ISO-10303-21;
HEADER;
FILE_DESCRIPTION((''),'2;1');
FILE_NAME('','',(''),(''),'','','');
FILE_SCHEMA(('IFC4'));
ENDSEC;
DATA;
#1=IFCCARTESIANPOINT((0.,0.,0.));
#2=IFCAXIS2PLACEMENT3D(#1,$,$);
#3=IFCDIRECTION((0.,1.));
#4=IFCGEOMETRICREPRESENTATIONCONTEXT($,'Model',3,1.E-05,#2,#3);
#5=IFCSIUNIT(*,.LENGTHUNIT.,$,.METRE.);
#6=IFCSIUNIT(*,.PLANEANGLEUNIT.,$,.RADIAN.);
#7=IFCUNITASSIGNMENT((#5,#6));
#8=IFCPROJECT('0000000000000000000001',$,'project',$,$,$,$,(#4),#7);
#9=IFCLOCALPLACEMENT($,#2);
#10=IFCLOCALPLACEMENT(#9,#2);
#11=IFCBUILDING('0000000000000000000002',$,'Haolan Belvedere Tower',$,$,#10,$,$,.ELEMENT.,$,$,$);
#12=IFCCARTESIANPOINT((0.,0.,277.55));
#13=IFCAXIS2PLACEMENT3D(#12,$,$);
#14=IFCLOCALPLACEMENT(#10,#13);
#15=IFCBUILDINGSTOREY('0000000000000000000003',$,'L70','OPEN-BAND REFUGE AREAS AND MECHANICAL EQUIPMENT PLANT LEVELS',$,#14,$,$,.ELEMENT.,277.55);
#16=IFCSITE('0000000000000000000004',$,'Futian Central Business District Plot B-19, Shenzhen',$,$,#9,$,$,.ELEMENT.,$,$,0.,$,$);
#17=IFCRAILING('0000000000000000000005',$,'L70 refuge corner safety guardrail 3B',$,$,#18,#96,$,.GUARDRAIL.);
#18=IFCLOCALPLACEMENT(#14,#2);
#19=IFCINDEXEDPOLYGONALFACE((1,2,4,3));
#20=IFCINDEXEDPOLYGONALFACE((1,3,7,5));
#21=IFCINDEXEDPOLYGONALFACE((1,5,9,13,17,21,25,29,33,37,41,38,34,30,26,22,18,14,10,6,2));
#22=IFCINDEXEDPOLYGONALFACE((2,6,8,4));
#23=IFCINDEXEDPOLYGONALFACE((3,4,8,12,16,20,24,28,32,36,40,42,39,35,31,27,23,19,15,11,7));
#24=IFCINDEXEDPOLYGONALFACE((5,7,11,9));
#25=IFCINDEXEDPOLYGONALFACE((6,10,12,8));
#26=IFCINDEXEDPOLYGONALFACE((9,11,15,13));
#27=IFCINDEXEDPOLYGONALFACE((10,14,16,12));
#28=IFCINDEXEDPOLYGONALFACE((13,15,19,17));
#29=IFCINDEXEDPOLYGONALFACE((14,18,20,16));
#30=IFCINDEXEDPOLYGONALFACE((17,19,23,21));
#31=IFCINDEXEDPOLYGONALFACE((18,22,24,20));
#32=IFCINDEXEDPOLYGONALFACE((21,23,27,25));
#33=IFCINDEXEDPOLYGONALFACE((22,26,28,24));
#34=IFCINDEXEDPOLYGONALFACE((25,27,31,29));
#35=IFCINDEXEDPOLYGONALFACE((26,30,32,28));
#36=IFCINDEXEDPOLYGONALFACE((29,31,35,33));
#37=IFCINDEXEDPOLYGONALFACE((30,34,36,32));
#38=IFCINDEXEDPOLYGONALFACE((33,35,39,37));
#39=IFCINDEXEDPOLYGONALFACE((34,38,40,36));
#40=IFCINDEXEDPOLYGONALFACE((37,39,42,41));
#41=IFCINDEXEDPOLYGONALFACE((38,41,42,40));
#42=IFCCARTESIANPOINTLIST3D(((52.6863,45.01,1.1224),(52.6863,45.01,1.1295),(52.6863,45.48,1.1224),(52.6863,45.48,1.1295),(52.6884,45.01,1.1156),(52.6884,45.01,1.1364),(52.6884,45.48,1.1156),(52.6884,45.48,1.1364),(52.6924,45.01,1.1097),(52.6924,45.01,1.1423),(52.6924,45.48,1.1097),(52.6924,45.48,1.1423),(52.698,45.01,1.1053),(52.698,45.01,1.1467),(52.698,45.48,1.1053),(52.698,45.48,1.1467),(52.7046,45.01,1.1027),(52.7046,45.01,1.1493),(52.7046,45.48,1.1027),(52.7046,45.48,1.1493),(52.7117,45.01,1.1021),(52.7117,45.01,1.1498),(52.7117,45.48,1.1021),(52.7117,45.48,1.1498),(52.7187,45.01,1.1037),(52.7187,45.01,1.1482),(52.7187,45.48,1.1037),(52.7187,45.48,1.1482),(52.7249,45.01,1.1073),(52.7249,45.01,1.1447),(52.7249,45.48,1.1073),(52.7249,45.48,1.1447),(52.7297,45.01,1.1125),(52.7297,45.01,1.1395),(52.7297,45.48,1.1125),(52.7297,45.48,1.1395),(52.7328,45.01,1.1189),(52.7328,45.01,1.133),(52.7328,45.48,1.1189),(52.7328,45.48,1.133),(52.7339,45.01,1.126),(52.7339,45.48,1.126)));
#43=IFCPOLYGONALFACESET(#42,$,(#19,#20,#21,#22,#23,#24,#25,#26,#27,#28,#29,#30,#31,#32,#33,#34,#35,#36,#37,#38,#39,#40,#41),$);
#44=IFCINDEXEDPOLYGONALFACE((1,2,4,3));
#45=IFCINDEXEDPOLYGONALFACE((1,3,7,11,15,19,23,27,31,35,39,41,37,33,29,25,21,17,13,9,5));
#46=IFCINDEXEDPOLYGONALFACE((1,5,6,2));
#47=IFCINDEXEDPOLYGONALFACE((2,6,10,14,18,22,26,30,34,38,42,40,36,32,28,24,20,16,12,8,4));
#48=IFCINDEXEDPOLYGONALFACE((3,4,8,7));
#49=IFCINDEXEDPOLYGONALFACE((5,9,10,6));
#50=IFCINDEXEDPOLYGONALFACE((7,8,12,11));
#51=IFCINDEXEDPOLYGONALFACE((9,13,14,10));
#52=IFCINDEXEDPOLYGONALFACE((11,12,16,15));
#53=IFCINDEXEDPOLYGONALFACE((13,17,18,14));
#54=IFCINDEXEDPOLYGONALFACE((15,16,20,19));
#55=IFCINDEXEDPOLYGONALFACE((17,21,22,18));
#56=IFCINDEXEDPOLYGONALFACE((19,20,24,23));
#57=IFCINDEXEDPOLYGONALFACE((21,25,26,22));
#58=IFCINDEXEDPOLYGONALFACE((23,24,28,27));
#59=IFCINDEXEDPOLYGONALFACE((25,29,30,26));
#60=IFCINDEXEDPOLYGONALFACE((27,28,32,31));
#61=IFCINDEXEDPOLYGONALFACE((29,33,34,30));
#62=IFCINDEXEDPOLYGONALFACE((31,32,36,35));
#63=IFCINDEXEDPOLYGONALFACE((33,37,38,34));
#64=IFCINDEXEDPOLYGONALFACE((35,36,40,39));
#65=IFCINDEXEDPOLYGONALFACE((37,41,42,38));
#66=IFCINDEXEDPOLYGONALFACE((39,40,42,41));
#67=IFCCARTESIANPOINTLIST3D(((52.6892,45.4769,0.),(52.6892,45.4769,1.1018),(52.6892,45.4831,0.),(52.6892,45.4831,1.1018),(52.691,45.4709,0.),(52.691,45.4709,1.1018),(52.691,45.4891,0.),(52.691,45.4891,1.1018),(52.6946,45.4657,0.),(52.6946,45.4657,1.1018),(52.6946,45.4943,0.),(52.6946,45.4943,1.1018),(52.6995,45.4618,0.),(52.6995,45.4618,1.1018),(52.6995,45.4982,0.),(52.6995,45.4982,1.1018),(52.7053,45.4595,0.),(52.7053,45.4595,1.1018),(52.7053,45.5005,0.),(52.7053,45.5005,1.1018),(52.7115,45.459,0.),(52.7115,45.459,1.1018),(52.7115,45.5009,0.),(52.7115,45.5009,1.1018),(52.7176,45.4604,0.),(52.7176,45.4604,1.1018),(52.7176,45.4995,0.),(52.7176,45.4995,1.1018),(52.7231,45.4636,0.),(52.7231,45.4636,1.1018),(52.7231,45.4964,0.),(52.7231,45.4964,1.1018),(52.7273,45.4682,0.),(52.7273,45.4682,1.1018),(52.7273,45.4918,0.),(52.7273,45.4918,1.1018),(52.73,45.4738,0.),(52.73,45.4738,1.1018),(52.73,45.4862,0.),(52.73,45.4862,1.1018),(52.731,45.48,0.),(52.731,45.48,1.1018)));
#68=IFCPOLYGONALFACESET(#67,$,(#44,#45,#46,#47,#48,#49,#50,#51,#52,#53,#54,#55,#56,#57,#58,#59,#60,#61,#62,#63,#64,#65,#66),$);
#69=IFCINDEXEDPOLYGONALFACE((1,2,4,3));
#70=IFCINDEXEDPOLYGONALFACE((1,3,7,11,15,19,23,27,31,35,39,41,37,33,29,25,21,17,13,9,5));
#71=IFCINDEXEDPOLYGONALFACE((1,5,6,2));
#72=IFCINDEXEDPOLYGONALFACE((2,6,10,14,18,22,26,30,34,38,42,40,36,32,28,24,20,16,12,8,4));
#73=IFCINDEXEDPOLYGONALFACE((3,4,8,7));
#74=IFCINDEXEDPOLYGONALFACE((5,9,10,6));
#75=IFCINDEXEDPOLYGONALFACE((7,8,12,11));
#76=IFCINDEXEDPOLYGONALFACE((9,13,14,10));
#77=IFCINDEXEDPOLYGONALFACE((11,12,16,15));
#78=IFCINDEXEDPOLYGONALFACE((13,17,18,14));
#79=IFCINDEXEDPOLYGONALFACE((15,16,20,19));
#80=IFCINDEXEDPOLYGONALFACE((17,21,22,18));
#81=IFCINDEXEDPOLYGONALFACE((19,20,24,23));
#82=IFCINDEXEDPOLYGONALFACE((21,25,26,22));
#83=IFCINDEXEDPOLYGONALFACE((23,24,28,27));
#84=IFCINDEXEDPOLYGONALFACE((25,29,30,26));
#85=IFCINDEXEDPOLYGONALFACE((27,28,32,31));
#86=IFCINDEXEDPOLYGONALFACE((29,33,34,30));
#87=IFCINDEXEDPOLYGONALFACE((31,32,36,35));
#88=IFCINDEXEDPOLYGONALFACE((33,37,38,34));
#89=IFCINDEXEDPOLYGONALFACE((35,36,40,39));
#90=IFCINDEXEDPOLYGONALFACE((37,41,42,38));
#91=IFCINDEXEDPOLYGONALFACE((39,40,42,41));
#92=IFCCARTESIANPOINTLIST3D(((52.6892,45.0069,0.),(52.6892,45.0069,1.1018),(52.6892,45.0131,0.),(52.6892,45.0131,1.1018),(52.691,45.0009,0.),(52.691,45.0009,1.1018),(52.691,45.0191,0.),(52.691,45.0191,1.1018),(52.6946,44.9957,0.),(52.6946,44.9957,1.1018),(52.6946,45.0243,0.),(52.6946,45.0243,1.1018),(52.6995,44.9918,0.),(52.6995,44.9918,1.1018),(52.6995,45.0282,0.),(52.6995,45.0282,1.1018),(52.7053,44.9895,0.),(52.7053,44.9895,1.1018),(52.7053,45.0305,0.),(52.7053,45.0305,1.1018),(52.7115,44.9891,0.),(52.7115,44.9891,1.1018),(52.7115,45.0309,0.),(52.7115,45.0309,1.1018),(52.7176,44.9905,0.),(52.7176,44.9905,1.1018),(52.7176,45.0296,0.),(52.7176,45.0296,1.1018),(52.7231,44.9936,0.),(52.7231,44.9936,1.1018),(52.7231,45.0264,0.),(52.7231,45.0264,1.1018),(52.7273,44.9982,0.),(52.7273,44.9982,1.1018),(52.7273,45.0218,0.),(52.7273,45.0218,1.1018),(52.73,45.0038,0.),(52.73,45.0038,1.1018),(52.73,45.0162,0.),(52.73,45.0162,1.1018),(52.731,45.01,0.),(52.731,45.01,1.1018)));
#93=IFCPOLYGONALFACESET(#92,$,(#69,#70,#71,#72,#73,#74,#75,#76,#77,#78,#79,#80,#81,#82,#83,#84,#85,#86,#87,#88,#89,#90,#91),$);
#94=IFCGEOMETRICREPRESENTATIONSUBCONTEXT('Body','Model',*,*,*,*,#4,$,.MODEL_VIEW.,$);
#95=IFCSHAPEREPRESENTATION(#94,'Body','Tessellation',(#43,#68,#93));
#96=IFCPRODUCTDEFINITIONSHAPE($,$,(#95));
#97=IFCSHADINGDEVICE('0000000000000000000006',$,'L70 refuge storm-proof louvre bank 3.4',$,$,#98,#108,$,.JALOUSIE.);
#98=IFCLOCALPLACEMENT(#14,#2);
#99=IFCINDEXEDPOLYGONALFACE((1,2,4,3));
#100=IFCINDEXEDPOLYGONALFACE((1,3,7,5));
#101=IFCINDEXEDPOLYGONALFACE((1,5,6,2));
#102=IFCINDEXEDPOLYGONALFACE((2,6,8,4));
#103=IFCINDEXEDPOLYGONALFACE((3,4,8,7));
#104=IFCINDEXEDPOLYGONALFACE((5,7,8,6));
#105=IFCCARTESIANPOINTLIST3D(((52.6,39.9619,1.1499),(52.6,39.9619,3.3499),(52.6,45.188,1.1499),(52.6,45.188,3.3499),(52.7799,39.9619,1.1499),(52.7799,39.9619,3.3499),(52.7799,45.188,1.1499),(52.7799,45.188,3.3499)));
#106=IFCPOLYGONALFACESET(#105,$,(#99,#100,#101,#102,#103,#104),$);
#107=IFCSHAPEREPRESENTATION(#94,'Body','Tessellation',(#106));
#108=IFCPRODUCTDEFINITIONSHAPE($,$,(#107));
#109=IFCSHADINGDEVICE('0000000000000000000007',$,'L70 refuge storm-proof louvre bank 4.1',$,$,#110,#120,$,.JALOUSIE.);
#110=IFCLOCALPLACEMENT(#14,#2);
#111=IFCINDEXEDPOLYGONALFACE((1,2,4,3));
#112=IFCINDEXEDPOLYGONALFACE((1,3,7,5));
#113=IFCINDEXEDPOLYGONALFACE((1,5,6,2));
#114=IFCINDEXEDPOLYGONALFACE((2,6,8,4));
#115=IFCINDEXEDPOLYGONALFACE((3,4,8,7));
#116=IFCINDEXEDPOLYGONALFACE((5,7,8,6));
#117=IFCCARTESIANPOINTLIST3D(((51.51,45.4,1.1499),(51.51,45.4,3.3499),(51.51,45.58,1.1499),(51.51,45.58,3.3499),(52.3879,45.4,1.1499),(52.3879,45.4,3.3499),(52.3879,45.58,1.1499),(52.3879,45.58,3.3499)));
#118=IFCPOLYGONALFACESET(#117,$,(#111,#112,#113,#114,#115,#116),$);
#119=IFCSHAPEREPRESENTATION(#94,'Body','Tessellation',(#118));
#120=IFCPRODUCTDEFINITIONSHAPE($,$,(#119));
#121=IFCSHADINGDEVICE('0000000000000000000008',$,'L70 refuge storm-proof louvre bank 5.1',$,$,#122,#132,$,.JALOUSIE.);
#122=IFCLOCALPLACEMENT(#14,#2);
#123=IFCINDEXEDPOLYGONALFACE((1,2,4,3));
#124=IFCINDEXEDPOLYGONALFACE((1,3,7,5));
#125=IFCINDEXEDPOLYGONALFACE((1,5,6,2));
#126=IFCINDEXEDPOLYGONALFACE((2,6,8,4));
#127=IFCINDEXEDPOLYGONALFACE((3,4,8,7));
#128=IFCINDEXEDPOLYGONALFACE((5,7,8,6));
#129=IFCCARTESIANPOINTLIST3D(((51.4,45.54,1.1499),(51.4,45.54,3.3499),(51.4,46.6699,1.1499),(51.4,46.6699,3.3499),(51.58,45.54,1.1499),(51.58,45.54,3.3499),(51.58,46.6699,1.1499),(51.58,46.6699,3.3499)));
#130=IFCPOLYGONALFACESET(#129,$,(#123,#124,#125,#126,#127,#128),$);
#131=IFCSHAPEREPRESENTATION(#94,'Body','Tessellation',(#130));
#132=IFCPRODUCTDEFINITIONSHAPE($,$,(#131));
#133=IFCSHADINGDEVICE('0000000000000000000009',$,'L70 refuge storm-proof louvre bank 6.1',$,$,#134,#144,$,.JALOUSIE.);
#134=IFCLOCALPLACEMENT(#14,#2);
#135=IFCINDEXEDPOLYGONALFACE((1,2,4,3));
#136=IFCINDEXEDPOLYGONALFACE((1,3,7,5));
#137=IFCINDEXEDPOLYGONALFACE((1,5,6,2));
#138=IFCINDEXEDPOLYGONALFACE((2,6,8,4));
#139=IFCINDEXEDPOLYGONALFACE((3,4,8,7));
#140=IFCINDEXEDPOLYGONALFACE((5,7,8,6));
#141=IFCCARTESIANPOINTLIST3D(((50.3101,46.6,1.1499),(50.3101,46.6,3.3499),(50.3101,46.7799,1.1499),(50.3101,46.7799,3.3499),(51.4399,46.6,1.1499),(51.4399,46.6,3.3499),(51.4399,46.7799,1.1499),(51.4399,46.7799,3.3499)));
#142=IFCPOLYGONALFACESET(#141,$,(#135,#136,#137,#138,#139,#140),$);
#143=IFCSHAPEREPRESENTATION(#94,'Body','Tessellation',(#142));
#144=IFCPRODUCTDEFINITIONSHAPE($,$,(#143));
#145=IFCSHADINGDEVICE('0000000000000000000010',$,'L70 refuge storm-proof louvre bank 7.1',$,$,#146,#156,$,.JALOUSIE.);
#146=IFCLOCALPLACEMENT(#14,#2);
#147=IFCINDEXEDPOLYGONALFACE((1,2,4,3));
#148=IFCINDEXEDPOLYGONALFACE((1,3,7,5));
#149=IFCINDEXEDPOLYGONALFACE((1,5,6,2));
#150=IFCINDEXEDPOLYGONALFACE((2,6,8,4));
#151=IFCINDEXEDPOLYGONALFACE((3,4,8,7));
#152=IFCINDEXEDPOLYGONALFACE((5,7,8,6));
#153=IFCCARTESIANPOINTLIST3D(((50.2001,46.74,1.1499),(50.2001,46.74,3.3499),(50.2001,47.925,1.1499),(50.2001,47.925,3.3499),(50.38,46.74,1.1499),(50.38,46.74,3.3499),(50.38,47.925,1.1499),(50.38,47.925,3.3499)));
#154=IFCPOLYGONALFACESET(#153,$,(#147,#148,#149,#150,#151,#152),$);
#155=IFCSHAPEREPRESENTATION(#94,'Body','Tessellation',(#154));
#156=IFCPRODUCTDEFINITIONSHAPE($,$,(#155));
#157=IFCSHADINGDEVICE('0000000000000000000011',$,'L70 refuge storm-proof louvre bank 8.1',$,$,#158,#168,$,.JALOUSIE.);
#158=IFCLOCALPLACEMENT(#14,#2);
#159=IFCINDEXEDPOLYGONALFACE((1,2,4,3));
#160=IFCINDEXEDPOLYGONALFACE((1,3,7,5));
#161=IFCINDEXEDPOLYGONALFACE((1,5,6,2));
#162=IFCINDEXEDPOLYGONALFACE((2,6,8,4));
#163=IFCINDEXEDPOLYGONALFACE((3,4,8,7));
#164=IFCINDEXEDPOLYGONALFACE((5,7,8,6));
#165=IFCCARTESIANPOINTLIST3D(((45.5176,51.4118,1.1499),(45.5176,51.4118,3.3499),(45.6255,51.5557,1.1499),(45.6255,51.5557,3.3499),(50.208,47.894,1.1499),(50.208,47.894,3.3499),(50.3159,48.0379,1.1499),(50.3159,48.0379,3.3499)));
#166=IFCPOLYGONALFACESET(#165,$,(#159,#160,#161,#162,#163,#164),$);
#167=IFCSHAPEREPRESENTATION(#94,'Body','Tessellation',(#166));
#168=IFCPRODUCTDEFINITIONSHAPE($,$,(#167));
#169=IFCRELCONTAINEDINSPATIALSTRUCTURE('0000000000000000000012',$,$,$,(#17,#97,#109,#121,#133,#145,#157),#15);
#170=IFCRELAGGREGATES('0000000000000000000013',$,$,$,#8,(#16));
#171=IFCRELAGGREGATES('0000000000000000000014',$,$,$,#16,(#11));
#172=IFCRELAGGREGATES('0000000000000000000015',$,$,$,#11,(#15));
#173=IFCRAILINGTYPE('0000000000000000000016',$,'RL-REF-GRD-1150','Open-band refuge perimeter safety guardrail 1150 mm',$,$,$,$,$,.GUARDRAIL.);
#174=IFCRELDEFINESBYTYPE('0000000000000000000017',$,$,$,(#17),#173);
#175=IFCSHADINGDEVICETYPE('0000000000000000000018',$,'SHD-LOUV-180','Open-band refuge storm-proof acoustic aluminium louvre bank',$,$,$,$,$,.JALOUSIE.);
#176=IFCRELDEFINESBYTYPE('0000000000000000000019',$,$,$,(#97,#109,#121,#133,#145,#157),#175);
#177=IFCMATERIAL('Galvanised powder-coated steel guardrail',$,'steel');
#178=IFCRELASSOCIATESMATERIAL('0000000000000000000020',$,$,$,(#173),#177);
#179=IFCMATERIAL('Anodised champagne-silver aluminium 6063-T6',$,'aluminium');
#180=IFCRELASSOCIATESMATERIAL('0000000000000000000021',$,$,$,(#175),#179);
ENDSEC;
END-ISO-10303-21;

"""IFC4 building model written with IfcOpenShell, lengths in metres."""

from ifc_helpers import new_model, si_unit, direction, frame, origin, origin_2d, place, context, subcontext, project, spatial, rectangle, circle, extrude, material, type_object, element, save


model = new_model("IFC4")

# Units and contexts
model_context = context("Model", 3, precision=1e-05, world=origin(), true_north=direction((0.0, 1.0)))
body_context = subcontext(model_context, "Body", "Model", "MODEL_VIEW")
ifc_project = project(units=[si_unit("LENGTHUNIT", "METRE"), si_unit("PLANEANGLEUNIT", "RADIAN")], contexts=[model_context])

# Site, building, storey
site_placement = place(None, origin())
site = spatial("IfcSite", under=ifc_project, at=site_placement, Name="Futian Central Business District Plot B-19, Shenzhen", CompositionType="ELEMENT", RefElevation=0.0)
building_placement = place(site_placement, origin())
building = spatial("IfcBuilding", under=site, at=building_placement, Name="Haolan Belvedere Tower", CompositionType="ELEMENT")
storey_placement = place(building_placement, frame((0.0, 0.0, 277.55)))
storey = spatial("IfcBuildingStorey", under=building, at=storey_placement, Name="L70", Description="OPEN-BAND REFUGE AREAS AND MECHANICAL EQUIPMENT PLANT LEVELS", CompositionType="ELEMENT", Elevation=277.55)

# Railing
ifc_material_1 = material(Name="Galvanised powder-coated steel guardrail", Category="steel")
railing_type = type_object("IfcRailingType", Name="RL-REF-GRD-1150", Description="Open-band refuge perimeter safety guardrail 1150 mm", PredefinedType="GUARDRAIL", material=ifc_material_1)
railing_1_placement = place(storey_placement, frame((52.71, 45.48, 0.0)))
element("IfcRailing", 1, at=railing_1_placement, inside=storey, type_object=railing_type, Name="L70 refuge corner safety guardrail 3B", PredefinedType="GUARDRAIL", context=body_context, shape_type="SweptSolid", body=[
    extrude(circle(Radius=0.0239, at=origin_2d()), frame((0.0, 0.0, 1.126), z_axis=(0.0, -1.0, 0.0), x_axis=(1.0, 0.0, 0.0)), (0.0, 0.0, 1.0), 0.47),
    extrude(circle(Radius=0.021, at=origin_2d()), origin(), (0.0, 0.0, 1.0), 1.1018),
    extrude(circle(Radius=0.021, at=origin_2d()), frame((0.0, -0.47, 0.0)), (0.0, 0.0, 1.0), 1.1018),
])

# Shading devices
ifc_material_2 = material(Name="Anodised champagne-silver aluminium 6063-T6", Category="aluminium")
shading_device_type = type_object("IfcShadingDeviceType", Name="SHD-LOUV-180", Description="Open-band refuge storm-proof acoustic aluminium louvre bank", PredefinedType="JALOUSIE", material=ifc_material_2)
shading_device_1_placement = place(storey_placement, frame((52.6899, 42.575, 1.1499), z_axis=(0.0, 0.0, 1.0), x_axis=(0.0, 1.0, 0.0)))
element("IfcShadingDevice", 2, at=shading_device_1_placement, inside=storey, type_object=shading_device_type, Name="L70 refuge storm-proof louvre bank 3.4", PredefinedType="JALOUSIE", context=body_context, shape_type="SweptSolid", body=[
    extrude(rectangle(XDim=5.2261, YDim=0.1799, at=origin_2d()), origin(), (0.0, 0.0, 1.0), 2.2),
])
shading_device_2_placement = place(storey_placement, frame((51.949, 45.49, 1.1499), z_axis=(0.0, 0.0, 1.0), x_axis=(-1.0, 0.0, 0.0)))
element("IfcShadingDevice", 3, at=shading_device_2_placement, inside=storey, type_object=shading_device_type, Name="L70 refuge storm-proof louvre bank 4.1", PredefinedType="JALOUSIE", context=body_context, shape_type="SweptSolid", body=[
    extrude(rectangle(XDim=0.8779, YDim=0.1799, at=origin_2d()), origin(), (0.0, 0.0, 1.0), 2.2),
])
for number, where, z_axis, x_axis, name in (
    (4, (51.49, 46.105, 1.1499), (0.0, 0.0, 1.0), (0.0, 1.0, 0.0), "L70 refuge storm-proof louvre bank 5.1"),
    (5, (50.875, 46.6899, 1.1499), (0.0, 0.0, 1.0), (-1.0, 0.0, 0.0), "L70 refuge storm-proof louvre bank 6.1"),
):
    element("IfcShadingDevice", number, at=place(storey_placement, frame(where, z_axis=z_axis, x_axis=x_axis)), inside=storey, type_object=shading_device_type, Name=name, PredefinedType="JALOUSIE", context=body_context, shape_type="SweptSolid", body=[
        extrude(rectangle(XDim=1.1299, YDim=0.1799, at=origin_2d()), origin(), (0.0, 0.0, 1.0), 2.2),
    ])
shading_device_3_placement = place(storey_placement, frame((50.29, 47.3325, 1.1499), z_axis=(0.0, 0.0, 1.0), x_axis=(0.0, 1.0, 0.0)))
element("IfcShadingDevice", 6, at=shading_device_3_placement, inside=storey, type_object=shading_device_type, Name="L70 refuge storm-proof louvre bank 7.1", PredefinedType="JALOUSIE", context=body_context, shape_type="SweptSolid", body=[
    extrude(rectangle(XDim=1.1851, YDim=0.1799, at=origin_2d()), origin(), (0.0, 0.0, 1.0), 2.2),
])
shading_device_4_placement = place(storey_placement, frame((47.9167, 49.7249, 1.1499), z_axis=(0.0, 0.0, 1.0), x_axis=(-0.799999, 0.600001, 0.0)))
element("IfcShadingDevice", 7, at=shading_device_4_placement, inside=storey, type_object=shading_device_type, Name="L70 refuge storm-proof louvre bank 8.1", PredefinedType="JALOUSIE", context=body_context, shape_type="SweptSolid", body=[
    extrude(rectangle(XDim=5.863, YDim=0.1799, at=origin_2d()), origin(), (0.0, 0.0, 1.0), 2.2),
])

save(model, "model.ifc")
